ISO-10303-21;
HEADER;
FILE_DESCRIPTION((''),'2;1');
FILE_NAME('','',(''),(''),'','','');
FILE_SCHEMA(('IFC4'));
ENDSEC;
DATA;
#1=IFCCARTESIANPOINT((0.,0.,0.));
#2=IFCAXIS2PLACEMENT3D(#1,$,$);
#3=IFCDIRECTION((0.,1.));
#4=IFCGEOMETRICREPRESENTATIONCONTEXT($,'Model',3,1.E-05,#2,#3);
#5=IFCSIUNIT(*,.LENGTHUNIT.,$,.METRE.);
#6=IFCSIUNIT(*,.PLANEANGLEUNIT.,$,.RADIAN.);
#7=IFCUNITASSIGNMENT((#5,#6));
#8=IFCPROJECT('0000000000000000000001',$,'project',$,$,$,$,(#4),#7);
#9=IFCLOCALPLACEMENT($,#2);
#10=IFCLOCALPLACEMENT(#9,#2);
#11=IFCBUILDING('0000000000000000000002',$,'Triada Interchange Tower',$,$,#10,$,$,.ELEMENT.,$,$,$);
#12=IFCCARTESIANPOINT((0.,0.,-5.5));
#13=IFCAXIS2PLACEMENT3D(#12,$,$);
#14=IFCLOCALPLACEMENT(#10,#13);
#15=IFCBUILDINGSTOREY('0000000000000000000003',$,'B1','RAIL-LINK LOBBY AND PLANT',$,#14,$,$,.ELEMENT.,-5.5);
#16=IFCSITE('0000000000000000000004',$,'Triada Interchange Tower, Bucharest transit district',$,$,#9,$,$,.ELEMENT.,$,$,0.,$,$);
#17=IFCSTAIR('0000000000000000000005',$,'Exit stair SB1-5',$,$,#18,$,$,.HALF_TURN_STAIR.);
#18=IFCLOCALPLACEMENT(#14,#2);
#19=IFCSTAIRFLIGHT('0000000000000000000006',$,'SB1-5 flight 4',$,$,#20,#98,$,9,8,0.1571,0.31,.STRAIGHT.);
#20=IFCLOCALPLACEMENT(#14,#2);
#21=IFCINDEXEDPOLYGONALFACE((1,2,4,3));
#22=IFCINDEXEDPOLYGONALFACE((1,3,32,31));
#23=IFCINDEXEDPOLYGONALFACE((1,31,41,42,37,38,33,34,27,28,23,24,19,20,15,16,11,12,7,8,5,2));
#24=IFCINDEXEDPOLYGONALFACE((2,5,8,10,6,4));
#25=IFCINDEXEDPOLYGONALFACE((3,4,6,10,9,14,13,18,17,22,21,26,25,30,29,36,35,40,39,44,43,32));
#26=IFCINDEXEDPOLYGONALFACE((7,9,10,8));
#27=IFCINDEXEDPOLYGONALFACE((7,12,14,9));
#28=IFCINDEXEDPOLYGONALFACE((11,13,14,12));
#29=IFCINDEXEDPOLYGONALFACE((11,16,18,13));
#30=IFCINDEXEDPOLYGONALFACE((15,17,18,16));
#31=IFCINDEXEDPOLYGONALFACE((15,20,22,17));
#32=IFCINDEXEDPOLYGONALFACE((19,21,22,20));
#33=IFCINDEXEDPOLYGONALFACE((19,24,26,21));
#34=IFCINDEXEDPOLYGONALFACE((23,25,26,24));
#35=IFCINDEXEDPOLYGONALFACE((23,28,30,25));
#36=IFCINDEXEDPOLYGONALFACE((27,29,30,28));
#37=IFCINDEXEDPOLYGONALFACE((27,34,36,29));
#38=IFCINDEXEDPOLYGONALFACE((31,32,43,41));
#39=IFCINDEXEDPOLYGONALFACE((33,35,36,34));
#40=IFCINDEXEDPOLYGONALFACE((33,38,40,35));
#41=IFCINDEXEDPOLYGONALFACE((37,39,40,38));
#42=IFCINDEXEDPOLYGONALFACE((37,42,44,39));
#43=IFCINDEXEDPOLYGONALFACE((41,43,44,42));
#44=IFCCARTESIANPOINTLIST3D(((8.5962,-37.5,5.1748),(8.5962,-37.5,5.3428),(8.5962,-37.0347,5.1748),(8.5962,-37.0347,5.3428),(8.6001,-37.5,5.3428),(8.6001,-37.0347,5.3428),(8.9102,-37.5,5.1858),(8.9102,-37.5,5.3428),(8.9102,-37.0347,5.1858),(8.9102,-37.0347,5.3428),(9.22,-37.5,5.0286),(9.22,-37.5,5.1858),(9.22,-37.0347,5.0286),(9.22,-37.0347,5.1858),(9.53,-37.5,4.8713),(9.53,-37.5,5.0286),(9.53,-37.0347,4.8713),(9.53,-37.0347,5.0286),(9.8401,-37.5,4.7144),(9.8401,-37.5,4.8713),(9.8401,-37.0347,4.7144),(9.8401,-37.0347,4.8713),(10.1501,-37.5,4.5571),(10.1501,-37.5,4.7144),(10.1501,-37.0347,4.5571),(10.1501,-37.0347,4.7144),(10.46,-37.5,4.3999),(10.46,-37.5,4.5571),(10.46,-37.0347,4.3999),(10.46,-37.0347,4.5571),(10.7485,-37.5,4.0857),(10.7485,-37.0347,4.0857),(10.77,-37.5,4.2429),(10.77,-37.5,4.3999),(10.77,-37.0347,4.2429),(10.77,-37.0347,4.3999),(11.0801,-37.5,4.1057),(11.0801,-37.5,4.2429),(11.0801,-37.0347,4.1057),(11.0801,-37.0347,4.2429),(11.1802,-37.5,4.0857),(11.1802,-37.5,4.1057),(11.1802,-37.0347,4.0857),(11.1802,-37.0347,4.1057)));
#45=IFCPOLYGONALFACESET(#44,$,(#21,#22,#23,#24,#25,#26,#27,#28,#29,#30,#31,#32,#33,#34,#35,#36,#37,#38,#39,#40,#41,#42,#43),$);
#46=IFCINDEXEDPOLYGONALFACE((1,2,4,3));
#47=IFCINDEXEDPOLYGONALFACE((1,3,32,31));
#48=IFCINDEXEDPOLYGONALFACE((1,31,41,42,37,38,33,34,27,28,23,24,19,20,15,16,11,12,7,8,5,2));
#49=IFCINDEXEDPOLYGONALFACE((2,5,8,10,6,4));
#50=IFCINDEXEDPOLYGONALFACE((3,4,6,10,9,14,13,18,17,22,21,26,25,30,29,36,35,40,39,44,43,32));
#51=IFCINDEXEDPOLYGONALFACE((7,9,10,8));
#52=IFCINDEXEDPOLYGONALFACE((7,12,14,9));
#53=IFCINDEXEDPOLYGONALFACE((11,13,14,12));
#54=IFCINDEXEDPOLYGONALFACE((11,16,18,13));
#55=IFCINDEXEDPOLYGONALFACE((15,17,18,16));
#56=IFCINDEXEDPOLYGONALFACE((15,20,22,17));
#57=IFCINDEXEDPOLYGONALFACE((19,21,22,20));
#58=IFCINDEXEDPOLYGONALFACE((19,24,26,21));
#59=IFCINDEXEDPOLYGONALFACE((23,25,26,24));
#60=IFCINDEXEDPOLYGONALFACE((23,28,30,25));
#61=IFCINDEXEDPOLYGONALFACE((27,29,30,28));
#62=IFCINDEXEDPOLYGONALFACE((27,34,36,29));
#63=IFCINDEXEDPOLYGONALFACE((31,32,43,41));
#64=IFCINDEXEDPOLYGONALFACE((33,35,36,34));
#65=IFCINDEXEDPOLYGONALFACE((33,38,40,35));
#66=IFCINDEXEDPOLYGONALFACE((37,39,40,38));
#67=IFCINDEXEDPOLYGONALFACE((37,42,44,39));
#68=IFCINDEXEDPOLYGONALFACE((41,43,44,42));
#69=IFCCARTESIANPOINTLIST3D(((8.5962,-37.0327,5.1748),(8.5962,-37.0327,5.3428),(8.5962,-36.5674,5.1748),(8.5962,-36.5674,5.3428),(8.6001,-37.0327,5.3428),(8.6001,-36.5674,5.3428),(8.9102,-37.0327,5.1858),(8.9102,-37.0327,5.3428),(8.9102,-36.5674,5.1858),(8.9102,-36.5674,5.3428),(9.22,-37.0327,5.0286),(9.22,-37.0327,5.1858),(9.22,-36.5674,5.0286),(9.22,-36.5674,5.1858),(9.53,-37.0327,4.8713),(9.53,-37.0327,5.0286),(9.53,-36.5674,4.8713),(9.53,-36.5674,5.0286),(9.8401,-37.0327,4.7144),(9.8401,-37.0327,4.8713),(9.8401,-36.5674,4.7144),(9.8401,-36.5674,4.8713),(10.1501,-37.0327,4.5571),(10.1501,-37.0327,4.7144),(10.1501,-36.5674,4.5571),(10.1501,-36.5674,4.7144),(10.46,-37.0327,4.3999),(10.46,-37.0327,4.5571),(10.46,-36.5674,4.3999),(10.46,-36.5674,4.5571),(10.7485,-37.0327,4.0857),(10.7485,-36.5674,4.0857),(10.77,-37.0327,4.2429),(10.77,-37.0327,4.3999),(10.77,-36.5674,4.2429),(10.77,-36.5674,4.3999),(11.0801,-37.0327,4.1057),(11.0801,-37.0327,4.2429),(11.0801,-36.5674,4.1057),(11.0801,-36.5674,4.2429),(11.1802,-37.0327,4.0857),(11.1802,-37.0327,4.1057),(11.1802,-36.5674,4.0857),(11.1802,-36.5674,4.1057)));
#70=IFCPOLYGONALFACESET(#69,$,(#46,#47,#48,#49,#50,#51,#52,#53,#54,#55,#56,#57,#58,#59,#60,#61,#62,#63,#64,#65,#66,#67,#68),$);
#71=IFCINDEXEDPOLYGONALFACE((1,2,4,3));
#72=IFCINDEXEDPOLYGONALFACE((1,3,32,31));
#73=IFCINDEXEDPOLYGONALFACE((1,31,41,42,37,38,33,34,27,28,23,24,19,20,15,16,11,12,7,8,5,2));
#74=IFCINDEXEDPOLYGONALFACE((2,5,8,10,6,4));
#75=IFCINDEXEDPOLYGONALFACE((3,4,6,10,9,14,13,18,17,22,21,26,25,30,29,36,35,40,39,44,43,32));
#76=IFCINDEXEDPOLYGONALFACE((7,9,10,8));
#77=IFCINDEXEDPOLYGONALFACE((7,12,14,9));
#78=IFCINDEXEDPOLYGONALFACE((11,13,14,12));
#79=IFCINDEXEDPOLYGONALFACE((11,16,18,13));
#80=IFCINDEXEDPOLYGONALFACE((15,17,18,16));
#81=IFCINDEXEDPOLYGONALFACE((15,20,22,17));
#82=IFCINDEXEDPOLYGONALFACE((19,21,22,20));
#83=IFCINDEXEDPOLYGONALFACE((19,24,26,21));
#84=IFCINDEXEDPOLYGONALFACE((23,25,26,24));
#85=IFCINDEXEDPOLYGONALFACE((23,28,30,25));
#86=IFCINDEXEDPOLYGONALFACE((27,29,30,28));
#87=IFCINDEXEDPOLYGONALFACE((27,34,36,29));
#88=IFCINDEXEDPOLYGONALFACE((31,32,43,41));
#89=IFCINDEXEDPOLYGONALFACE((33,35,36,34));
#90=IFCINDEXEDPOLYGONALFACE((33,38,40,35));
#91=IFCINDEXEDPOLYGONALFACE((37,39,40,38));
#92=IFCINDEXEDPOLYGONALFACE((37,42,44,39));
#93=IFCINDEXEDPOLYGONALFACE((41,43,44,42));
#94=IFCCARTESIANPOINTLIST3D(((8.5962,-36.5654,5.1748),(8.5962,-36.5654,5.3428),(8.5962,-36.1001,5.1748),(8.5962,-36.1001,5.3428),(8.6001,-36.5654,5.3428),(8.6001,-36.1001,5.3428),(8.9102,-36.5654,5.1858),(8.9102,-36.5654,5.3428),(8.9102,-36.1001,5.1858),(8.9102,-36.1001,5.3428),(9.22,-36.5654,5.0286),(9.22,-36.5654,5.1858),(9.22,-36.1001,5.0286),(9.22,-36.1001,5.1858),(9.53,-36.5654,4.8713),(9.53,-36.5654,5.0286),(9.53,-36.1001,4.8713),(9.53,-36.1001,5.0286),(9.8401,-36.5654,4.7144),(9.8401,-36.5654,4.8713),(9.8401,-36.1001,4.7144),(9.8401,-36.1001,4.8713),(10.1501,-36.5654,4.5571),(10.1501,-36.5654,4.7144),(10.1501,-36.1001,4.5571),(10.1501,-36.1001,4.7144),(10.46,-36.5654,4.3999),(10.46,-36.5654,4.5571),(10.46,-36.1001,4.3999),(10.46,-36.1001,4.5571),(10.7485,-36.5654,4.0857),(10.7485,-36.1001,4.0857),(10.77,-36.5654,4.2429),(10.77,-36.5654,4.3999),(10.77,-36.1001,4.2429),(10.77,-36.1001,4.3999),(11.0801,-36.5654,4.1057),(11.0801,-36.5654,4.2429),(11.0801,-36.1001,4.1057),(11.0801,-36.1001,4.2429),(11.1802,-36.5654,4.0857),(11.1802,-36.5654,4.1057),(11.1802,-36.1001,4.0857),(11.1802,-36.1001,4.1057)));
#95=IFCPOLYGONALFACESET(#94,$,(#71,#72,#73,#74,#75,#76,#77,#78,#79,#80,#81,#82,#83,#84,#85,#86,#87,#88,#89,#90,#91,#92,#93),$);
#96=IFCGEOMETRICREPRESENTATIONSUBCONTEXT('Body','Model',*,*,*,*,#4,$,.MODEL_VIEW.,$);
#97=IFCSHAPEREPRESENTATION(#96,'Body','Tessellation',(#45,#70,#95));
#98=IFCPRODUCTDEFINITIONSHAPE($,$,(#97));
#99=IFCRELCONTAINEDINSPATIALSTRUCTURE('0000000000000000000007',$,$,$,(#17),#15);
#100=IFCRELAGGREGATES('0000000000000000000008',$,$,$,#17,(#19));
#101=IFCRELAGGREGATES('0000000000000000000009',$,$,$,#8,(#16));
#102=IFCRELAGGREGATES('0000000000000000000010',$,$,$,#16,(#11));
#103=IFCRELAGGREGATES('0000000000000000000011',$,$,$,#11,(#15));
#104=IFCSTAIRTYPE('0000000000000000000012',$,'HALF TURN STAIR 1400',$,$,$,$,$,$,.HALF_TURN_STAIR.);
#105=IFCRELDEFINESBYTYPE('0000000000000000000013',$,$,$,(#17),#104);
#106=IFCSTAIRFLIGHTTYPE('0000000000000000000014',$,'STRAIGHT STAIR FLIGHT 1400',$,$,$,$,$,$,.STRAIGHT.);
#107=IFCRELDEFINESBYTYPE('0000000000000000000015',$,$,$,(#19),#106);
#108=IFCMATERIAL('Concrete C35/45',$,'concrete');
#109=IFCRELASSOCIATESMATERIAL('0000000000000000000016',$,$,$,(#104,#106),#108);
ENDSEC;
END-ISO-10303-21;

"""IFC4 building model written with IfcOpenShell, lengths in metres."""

from ifc_helpers import new_model, si_unit, direction, frame, origin, place, context, subcontext, project, spatial, polyline, outline, extrude, material, type_object, element, aggregate, save


model = new_model("IFC4")

# Units and contexts
model_context = context("Model", 3, precision=1e-05, world=origin(), true_north=direction((0.0, 1.0)))
body_context = subcontext(model_context, "Body", "Model", "MODEL_VIEW")
ifc_project = project(units=[si_unit("LENGTHUNIT", "METRE"), si_unit("PLANEANGLEUNIT", "RADIAN")], contexts=[model_context])

# Site, building, storey
site_placement = place(None, origin())
site = spatial("IfcSite", under=ifc_project, at=site_placement, Name="Triada Interchange Tower, Bucharest transit district", CompositionType="ELEMENT", RefElevation=0.0)
building_placement = place(site_placement, origin())
building = spatial("IfcBuilding", under=site, at=building_placement, Name="Triada Interchange Tower", CompositionType="ELEMENT")
storey_placement = place(building_placement, frame((0.0, 0.0, -5.5)))
storey = spatial("IfcBuildingStorey", under=building, at=storey_placement, Name="B1", Description="RAIL-LINK LOBBY AND PLANT", CompositionType="ELEMENT", Elevation=-5.5)

# Shared definitions
ifc_material_1 = material(Name="Concrete C35/45", Category="concrete")

# Stair, stair flight
stair_type = type_object("IfcStairType", Name="HALF TURN STAIR 1400", PredefinedType="HALF_TURN_STAIR", material=ifc_material_1)
stair_placement = place(storey_placement, origin())
stair = element("IfcStair", 1, at=stair_placement, inside=storey, type_object=stair_type, Name="Exit stair SB1-5", PredefinedType="HALF_TURN_STAIR")
stair_flight_type = type_object("IfcStairFlightType", Name="STRAIGHT STAIR FLIGHT 1400", PredefinedType="STRAIGHT", material=ifc_material_1)
stair_flight_1_placement = place(storey_placement, frame((11.0801, -36.8, 4.0857), z_axis=(0.0, 0.0, 1.0), x_axis=(-1.0, 0.0, 0.0)))
stair_flight_1 = element("IfcStairFlight", 2, at=stair_flight_1_placement, type_object=stair_flight_type, Name="SB1-5 flight 4", NumberOfRisers=9, NumberOfTreads=8, PredefinedType="STRAIGHT", RiserHeight=0.1571, TreadLength=0.31, context=body_context, shape_type="SweptSolid", body=[
    extrude(outline(polyline([(-0.1001, 0.0), (-0.1001, 0.02), (0.0, 0.02), (0.0, 0.1572), (0.3101, 0.1572), (0.3101, 0.3142), (0.6201, 0.3142), (0.6201, 0.4714), (0.9299, 0.4714), (0.9299, 0.6287), (1.24, 0.6287), (1.24, 0.7856), (1.55, 0.7856), (1.55, 0.9429), (1.8601, 0.9429), (1.8601, 1.1001), (2.1699, 1.1001), (2.1699, 1.2571), (2.48, 1.2571), (2.4839, 1.2571), (2.4839, 1.4143), (2.4839, 1.0891), (0.3315, 0.0), (-0.1001, 0.0)])), frame((0.0, 0.7, 0.0), z_axis=(0.0, -1.0, 0.0), x_axis=(1.0, 0.0, 0.0)), (0.0, 0.0, 1.0), 0.4653),
    extrude(outline(polyline([(-0.1001, 0.0), (-0.1001, 0.02), (0.0, 0.02), (0.0, 0.1572), (0.3101, 0.1572), (0.3101, 0.3142), (0.6201, 0.3142), (0.6201, 0.4714), (0.9299, 0.4714), (0.9299, 0.6287), (1.24, 0.6287), (1.24, 0.7856), (1.55, 0.7856), (1.55, 0.9429), (1.8601, 0.9429), (1.8601, 1.1001), (2.1699, 1.1001), (2.1699, 1.2571), (2.48, 1.2571), (2.4839, 1.2571), (2.4839, 1.4143), (2.4839, 1.0891), (0.3315, 0.0), (-0.1001, 0.0)])), frame((0.0, 0.2327, 0.0), z_axis=(0.0, -1.0, 0.0), x_axis=(1.0, 0.0, 0.0)), (0.0, 0.0, 1.0), 0.4653),
    extrude(outline(polyline([(-0.1001, 0.0), (-0.1001, 0.02), (0.0, 0.02), (0.0, 0.1572), (0.3101, 0.1572), (0.3101, 0.3142), (0.6201, 0.3142), (0.6201, 0.4714), (0.9299, 0.4714), (0.9299, 0.6287), (1.24, 0.6287), (1.24, 0.7856), (1.55, 0.7856), (1.55, 0.9429), (1.8601, 0.9429), (1.8601, 1.1001), (2.1699, 1.1001), (2.1699, 1.2571), (2.48, 1.2571), (2.4839, 1.2571), (2.4839, 1.4143), (2.4839, 1.0891), (0.3315, 0.0), (-0.1001, 0.0)])), frame((0.0, -0.2346, 0.0), z_axis=(0.0, -1.0, 0.0), x_axis=(1.0, 0.0, 0.0)), (0.0, 0.0, 1.0), 0.4653),
])
aggregate(stair, [stair_flight_1])

save(model, "model.ifc")
